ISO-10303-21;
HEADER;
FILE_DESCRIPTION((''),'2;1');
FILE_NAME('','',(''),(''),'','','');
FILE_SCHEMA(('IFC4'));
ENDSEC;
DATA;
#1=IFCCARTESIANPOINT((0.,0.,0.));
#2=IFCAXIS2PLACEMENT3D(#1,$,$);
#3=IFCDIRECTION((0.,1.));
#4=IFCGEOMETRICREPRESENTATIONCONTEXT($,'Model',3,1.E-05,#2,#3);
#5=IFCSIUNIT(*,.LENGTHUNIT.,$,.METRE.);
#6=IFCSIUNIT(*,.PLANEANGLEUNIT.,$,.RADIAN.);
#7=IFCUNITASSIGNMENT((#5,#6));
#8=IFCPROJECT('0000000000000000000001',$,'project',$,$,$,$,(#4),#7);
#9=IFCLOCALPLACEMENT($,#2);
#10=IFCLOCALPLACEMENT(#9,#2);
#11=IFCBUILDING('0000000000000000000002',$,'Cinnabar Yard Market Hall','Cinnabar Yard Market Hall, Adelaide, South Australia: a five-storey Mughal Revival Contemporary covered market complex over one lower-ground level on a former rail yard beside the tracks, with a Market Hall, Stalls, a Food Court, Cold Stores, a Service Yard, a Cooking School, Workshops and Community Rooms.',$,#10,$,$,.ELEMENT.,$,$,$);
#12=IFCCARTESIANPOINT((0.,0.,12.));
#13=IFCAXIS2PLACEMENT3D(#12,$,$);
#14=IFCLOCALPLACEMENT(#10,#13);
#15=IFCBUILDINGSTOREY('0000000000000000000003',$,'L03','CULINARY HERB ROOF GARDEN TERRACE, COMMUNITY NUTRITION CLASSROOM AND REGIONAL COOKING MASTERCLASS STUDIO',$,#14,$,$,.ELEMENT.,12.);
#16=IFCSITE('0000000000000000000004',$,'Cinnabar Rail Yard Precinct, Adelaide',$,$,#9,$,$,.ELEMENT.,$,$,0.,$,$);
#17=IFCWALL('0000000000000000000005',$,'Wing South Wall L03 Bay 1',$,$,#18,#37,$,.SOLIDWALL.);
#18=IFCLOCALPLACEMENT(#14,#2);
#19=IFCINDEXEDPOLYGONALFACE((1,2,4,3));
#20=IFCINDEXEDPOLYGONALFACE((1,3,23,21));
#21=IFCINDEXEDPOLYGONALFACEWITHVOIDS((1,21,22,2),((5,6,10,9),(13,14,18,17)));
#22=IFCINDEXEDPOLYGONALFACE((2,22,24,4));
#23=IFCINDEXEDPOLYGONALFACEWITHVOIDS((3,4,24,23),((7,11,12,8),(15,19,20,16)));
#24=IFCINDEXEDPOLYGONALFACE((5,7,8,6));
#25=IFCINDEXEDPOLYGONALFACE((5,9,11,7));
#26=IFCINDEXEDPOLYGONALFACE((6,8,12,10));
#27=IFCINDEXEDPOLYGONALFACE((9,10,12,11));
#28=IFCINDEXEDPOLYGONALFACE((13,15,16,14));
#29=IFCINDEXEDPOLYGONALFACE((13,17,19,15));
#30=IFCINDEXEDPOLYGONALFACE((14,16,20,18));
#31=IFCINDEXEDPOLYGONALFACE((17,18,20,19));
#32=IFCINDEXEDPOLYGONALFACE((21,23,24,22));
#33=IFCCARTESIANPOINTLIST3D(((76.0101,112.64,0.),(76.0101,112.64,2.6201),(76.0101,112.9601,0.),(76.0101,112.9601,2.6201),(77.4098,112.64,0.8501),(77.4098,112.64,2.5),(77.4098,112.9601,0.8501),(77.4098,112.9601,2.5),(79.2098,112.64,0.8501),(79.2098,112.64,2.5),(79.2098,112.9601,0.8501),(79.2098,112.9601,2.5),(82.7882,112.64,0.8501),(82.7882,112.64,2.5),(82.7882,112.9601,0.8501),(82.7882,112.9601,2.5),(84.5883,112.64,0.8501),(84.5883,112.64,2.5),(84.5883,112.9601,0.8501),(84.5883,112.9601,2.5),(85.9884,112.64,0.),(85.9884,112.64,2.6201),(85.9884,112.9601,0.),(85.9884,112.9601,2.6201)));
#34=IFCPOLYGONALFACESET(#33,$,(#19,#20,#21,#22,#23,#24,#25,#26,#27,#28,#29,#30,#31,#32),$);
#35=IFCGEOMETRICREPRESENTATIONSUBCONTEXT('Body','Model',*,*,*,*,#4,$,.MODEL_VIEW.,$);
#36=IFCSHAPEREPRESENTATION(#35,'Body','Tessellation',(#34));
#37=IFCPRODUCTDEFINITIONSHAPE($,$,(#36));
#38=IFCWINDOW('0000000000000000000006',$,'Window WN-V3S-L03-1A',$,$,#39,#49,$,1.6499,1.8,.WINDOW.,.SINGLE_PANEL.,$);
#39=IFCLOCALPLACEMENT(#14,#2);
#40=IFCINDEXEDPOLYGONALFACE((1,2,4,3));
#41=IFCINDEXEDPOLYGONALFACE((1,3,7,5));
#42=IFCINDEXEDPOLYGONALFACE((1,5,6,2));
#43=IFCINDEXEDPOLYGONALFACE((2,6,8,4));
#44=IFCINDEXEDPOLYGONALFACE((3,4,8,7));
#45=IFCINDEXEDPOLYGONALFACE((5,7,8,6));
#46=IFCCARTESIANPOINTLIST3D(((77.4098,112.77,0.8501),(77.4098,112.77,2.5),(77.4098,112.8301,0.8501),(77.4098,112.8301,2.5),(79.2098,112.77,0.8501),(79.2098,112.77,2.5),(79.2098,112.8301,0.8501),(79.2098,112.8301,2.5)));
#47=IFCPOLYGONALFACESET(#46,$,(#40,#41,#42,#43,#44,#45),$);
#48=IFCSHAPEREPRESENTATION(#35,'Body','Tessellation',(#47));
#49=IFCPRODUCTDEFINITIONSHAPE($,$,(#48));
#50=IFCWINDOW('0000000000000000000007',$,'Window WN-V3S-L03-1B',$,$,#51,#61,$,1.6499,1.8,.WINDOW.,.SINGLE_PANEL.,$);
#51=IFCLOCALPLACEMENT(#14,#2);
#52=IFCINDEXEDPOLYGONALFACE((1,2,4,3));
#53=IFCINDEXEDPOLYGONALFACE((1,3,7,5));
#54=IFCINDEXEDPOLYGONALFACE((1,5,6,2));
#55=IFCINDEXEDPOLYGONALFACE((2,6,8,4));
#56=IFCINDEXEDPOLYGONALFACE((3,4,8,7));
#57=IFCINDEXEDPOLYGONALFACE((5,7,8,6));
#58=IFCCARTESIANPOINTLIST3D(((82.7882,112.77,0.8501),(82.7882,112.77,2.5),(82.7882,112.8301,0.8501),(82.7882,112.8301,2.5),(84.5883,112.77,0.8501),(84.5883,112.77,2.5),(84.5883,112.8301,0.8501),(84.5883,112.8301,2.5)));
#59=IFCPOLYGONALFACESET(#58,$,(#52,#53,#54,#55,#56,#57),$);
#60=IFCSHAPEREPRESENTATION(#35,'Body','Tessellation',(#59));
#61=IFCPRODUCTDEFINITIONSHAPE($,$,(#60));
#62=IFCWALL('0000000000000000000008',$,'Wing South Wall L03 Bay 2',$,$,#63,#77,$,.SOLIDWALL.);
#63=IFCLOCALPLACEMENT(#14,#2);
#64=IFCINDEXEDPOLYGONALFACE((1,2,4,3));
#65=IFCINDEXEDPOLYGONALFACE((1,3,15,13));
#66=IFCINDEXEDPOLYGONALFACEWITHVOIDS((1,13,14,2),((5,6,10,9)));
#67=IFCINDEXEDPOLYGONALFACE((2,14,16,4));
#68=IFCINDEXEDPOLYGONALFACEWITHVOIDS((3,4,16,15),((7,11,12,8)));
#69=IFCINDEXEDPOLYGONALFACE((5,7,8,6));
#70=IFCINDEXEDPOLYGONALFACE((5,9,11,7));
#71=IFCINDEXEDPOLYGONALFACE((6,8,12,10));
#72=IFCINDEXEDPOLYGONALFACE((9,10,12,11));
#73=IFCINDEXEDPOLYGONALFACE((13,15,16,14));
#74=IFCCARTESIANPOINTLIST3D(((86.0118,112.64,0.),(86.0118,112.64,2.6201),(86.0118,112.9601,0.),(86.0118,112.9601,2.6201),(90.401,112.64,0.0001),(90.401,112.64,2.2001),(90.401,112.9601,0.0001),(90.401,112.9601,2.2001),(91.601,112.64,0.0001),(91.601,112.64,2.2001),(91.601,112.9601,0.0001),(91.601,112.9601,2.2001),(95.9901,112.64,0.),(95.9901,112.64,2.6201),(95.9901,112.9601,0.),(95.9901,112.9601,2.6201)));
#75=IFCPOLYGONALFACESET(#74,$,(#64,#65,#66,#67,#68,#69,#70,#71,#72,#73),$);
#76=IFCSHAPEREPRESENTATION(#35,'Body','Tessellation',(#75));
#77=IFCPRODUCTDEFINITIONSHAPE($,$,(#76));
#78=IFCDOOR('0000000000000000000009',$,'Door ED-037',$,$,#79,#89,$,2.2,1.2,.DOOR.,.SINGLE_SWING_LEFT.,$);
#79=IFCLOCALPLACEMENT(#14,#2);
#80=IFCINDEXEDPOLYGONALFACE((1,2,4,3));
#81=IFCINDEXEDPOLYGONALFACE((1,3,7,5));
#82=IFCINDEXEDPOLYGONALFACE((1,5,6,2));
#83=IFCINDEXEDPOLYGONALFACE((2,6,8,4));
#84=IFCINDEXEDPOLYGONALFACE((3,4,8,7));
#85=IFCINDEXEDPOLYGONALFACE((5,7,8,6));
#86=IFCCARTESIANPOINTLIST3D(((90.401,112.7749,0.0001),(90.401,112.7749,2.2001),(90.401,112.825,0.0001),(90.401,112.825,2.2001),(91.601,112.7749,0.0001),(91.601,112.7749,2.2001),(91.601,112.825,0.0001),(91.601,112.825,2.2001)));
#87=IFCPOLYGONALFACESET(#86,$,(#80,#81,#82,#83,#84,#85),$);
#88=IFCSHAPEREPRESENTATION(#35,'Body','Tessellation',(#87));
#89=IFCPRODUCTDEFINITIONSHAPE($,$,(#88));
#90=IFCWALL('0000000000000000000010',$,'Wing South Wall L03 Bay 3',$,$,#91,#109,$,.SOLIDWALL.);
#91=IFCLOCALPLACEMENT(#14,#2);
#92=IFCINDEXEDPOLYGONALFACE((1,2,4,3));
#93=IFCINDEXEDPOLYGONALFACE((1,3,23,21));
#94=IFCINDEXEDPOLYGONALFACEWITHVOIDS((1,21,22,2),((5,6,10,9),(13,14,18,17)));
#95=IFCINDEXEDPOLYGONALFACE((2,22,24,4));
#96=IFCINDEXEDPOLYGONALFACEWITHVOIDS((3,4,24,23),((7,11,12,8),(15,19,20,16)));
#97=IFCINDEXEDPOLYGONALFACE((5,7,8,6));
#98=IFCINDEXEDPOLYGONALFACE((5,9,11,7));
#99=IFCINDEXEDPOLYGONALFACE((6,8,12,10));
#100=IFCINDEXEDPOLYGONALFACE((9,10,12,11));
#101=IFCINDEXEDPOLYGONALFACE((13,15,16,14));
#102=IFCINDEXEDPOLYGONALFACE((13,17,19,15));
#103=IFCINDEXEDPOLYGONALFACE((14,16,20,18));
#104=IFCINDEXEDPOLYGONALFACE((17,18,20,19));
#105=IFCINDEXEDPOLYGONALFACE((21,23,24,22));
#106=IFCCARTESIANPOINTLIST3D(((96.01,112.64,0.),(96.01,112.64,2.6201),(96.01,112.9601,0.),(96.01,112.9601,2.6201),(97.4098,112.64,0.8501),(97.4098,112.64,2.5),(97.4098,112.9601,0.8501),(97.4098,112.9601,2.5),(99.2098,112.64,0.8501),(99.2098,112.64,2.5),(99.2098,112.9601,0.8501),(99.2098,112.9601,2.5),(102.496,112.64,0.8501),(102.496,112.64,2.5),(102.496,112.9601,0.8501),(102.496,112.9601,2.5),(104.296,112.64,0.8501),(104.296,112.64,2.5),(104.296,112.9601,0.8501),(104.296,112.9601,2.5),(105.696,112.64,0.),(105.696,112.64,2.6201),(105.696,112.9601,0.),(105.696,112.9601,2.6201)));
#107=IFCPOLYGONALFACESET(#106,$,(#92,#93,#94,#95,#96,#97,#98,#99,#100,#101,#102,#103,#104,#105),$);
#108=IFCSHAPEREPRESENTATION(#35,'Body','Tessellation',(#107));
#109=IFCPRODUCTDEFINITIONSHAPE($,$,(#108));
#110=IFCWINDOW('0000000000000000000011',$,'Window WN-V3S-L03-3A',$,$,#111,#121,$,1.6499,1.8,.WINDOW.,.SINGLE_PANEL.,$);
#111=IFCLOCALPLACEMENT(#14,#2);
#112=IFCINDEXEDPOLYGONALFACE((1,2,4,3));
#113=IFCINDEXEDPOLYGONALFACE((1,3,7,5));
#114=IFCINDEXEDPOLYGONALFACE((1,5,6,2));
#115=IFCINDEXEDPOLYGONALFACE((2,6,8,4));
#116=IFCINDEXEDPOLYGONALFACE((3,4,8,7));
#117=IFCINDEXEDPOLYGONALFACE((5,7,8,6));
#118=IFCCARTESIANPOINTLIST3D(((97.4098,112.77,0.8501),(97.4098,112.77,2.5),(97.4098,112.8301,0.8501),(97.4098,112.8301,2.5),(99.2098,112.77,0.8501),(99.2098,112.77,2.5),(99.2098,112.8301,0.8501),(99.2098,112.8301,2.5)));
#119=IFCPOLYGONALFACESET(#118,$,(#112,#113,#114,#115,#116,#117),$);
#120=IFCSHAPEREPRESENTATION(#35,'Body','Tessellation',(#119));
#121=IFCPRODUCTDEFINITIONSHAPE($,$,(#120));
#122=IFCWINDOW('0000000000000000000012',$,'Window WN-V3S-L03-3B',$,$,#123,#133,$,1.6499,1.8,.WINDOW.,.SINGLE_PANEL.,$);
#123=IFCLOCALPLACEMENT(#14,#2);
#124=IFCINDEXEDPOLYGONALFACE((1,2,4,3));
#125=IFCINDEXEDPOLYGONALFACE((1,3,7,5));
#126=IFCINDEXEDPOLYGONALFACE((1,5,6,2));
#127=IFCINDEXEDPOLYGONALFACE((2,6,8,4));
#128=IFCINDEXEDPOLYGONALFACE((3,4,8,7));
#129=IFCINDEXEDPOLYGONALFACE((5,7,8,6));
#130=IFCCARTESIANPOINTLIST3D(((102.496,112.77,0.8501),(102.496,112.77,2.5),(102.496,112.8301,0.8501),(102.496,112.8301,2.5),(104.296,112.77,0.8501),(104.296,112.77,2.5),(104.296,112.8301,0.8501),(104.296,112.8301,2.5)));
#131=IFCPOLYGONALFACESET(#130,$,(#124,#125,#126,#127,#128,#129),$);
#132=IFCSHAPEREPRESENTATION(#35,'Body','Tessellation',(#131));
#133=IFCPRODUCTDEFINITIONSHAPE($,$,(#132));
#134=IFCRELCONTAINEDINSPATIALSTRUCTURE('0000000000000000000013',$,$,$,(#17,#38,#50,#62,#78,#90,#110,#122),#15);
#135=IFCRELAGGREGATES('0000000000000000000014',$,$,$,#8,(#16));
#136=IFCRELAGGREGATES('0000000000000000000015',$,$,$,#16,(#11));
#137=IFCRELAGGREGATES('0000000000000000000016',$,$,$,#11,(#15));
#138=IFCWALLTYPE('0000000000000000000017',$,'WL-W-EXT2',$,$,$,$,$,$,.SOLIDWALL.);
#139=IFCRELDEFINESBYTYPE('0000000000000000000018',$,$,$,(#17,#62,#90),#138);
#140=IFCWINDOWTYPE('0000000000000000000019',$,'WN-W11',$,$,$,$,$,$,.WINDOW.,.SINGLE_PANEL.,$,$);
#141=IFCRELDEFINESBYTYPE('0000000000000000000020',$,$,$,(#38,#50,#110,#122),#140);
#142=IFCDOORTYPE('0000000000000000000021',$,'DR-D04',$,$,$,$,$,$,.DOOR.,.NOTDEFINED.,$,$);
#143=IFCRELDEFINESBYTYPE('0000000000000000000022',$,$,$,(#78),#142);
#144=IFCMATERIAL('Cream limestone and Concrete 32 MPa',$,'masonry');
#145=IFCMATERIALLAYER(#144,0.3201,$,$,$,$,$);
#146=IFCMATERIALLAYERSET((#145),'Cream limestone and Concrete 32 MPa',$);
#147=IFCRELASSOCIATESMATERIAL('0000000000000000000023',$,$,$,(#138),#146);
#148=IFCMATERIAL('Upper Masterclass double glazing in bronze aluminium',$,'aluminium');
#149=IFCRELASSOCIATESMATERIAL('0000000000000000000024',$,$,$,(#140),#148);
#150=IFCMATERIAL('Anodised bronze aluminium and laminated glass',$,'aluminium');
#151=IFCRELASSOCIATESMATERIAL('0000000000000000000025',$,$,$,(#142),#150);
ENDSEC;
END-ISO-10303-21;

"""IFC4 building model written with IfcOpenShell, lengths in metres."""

from ifc_helpers import new_model, si_unit, direction, frame, frame_2d, origin, place, context, subcontext, project, spatial, rectangle, extrude, material, layer, layer_set, type_object, element, fill, save


model = new_model("IFC4")

# Units and contexts
model_context = context("Model", 3, precision=1e-05, world=origin(), true_north=direction((0.0, 1.0)))
body_context = subcontext(model_context, "Body", "Model", "MODEL_VIEW")
ifc_project = project(units=[si_unit("LENGTHUNIT", "METRE"), si_unit("PLANEANGLEUNIT", "RADIAN")], contexts=[model_context])

# Site, building, storey
site_placement = place(None, origin())
site = spatial("IfcSite", under=ifc_project, at=site_placement, Name="Cinnabar Rail Yard Precinct, Adelaide", CompositionType="ELEMENT", RefElevation=0.0)
building_placement = place(site_placement, origin())
building = spatial("IfcBuilding", under=site, at=building_placement, Name="Cinnabar Yard Market Hall", Description="Cinnabar Yard Market Hall, Adelaide, South Australia: a five-storey Mughal Revival Contemporary covered market complex over one lower-ground level on a former rail yard beside the tracks, with a Market Hall, Stalls, a Food Court, Cold Stores, a Service Yard, a Cooking School, Workshops and Community Rooms.", CompositionType="ELEMENT")
storey_placement = place(building_placement, frame((0.0, 0.0, 12.0)))
storey = spatial("IfcBuildingStorey", under=building, at=storey_placement, Name="L03", Description="CULINARY HERB ROOF GARDEN TERRACE, COMMUNITY NUTRITION CLASSROOM AND REGIONAL COOKING MASTERCLASS STUDIO", CompositionType="ELEMENT", Elevation=12.0)

# Wall, openings, windows
ifc_material_1 = material(Name="Cream limestone and Concrete 32 MPa", Category="masonry")
ifc_layer_1 = layer(ifc_material_1, 0.3201)
ifc_layer_set_1 = layer_set([ifc_layer_1], Name="Cream limestone and Concrete 32 MPa")
wall_type_1 = type_object("IfcWallType", Name="WL-W-EXT2", PredefinedType="SOLIDWALL", material=ifc_layer_set_1)
wall_1_placement = place(storey_placement, frame((76.01, 112.8, 0.0), z_axis=(0.0, 0.0, 1.0), x_axis=(1.0, 0.0, 0.0)))
wall_1 = element("IfcWall", 1, at=wall_1_placement, inside=storey, type_object=wall_type_1, Name="Wing South Wall L03 Bay 1", PredefinedType="SOLIDWALL", context=body_context, shape_type="SweptSolid", body=[
    extrude(rectangle(XDim=9.9783, YDim=0.3201, at=frame_2d((4.9893, 0.0), x_axis=(1.0, 0.0))), origin(), (0.0, 0.0, 1.0), 2.6201),
])
opening_1_placement = place(wall_1_placement, frame((1.3999, 0.0, 0.8501)))
opening_1 = element("IfcOpeningElement", 2, at=opening_1_placement, cuts=wall_1, PredefinedType="OPENING", context=body_context, shape_type="SweptSolid", body=[
    extrude(rectangle(XDim=1.8, YDim=1.6499, at=frame_2d((0.8999, 0.825), x_axis=(1.0, 0.0))), frame((0.0, 0.1699, 0.0), z_axis=(0.0, -1.0, 0.0), x_axis=(1.0, 0.0, 0.0)), (0.0, 0.0, 1.0), 0.3401),
])
opening_2_placement = place(wall_1_placement, frame((6.7783, 0.0, 0.8501)))
opening_2 = element("IfcOpeningElement", 3, at=opening_2_placement, cuts=wall_1, PredefinedType="OPENING", context=body_context, shape_type="SweptSolid", body=[
    extrude(rectangle(XDim=1.8, YDim=1.6499, at=frame_2d((0.8999, 0.825), x_axis=(1.0, 0.0))), frame((0.0, 0.1699, 0.0), z_axis=(0.0, -1.0, 0.0), x_axis=(1.0, 0.0, 0.0)), (0.0, 0.0, 1.0), 0.3401),
])
ifc_material_2 = material(Name="Upper Masterclass double glazing in bronze aluminium", Category="aluminium")
window_type_1 = type_object("IfcWindowType", Name="WN-W11", PartitioningType="SINGLE_PANEL", PredefinedType="WINDOW", material=ifc_material_2)
window_1_placement = place(opening_1_placement, origin())
window_1 = element("IfcWindow", 4, at=window_1_placement, inside=storey, type_object=window_type_1, Name="Window WN-V3S-L03-1A", OverallHeight=1.6499, OverallWidth=1.8, PartitioningType="SINGLE_PANEL", PredefinedType="WINDOW", context=body_context, shape_type="SweptSolid", body=[
    extrude(rectangle(XDim=1.8, YDim=1.6499, at=frame_2d((0.8999, 0.825), x_axis=(1.0, 0.0))), frame((0.0, 0.03, 0.0), z_axis=(0.0, -1.0, 0.0), x_axis=(1.0, 0.0, 0.0)), (0.0, 0.0, 1.0), 0.0601),
])
fill(opening_1, window_1)
window_2_placement = place(opening_2_placement, origin())
window_2 = element("IfcWindow", 5, at=window_2_placement, inside=storey, type_object=window_type_1, Name="Window WN-V3S-L03-1B", OverallHeight=1.6499, OverallWidth=1.8, PartitioningType="SINGLE_PANEL", PredefinedType="WINDOW", context=body_context, shape_type="SweptSolid", body=[
    extrude(rectangle(XDim=1.8, YDim=1.6499, at=frame_2d((0.8999, 0.825), x_axis=(1.0, 0.0))), frame((0.0, 0.03, 0.0), z_axis=(0.0, -1.0, 0.0), x_axis=(1.0, 0.0, 0.0)), (0.0, 0.0, 1.0), 0.0601),
])
fill(opening_2, window_2)

# Wall, opening, door
wall_2_placement = place(storey_placement, frame((86.0117, 112.8, 0.0), z_axis=(0.0, 0.0, 1.0), x_axis=(1.0, 0.0, 0.0)))
wall_2 = element("IfcWall", 6, at=wall_2_placement, inside=storey, type_object=wall_type_1, Name="Wing South Wall L03 Bay 2", PredefinedType="SOLIDWALL", context=body_context, shape_type="SweptSolid", body=[
    extrude(rectangle(XDim=9.9783, YDim=0.3201, at=frame_2d((4.9893, 0.0), x_axis=(1.0, 0.0))), origin(), (0.0, 0.0, 1.0), 2.6201),
])
opening_3_placement = place(wall_2_placement, frame((4.3892, 0.0, 0.0)))
opening_3 = element("IfcOpeningElement", 7, at=opening_3_placement, cuts=wall_2, PredefinedType="OPENING", context=body_context, shape_type="SweptSolid", body=[
    extrude(rectangle(XDim=1.2, YDim=2.2, at=frame_2d((0.6001, 1.1001), x_axis=(1.0, 0.0))), frame((0.0, 0.1699, 0.0), z_axis=(0.0, -1.0, 0.0), x_axis=(1.0, 0.0, 0.0)), (0.0, 0.0, 1.0), 0.3401),
])
ifc_material_3 = material(Name="Anodised bronze aluminium and laminated glass", Category="aluminium")
door_type = type_object("IfcDoorType", Name="DR-D04", OperationType="NOTDEFINED", PredefinedType="DOOR", material=ifc_material_3)
door_placement = place(opening_3_placement, origin())
door = element("IfcDoor", 8, at=door_placement, inside=storey, type_object=door_type, Name="Door ED-037", OperationType="SINGLE_SWING_LEFT", OverallHeight=2.2, OverallWidth=1.2, PredefinedType="DOOR", context=body_context, shape_type="SweptSolid", body=[
    extrude(rectangle(XDim=1.2, YDim=2.2, at=frame_2d((0.6001, 1.1001), x_axis=(1.0, 0.0))), frame((0.0, 0.0249, 0.0), z_axis=(0.0, -1.0, 0.0), x_axis=(1.0, 0.0, 0.0)), (0.0, 0.0, 1.0), 0.05),
])
fill(opening_3, door)

# Wall, openings, windows
wall_3_placement = place(storey_placement, frame((96.01, 112.8, 0.0), z_axis=(0.0, 0.0, 1.0), x_axis=(1.0, 0.0, 0.0)))
wall_3 = element("IfcWall", 9, at=wall_3_placement, inside=storey, type_object=wall_type_1, Name="Wing South Wall L03 Bay 3", PredefinedType="SOLIDWALL", context=body_context, shape_type="SweptSolid", body=[
    extrude(rectangle(XDim=9.686, YDim=0.3201, at=frame_2d((4.843, 0.0), x_axis=(1.0, 0.0))), origin(), (0.0, 0.0, 1.0), 2.6201),
])
opening_4_placement = place(wall_3_placement, frame((1.3999, 0.0, 0.8501)))
opening_4 = element("IfcOpeningElement", 10, at=opening_4_placement, cuts=wall_3, PredefinedType="OPENING", context=body_context, shape_type="SweptSolid", body=[
    extrude(rectangle(XDim=1.8, YDim=1.6499, at=frame_2d((0.8999, 0.825), x_axis=(1.0, 0.0))), frame((0.0, 0.1699, 0.0), z_axis=(0.0, -1.0, 0.0), x_axis=(1.0, 0.0, 0.0)), (0.0, 0.0, 1.0), 0.3401),
])
opening_5_placement = place(wall_3_placement, frame((6.4861, 0.0, 0.8501)))
opening_5 = element("IfcOpeningElement", 11, at=opening_5_placement, cuts=wall_3, PredefinedType="OPENING", context=body_context, shape_type="SweptSolid", body=[
    extrude(rectangle(XDim=1.8, YDim=1.6499, at=frame_2d((0.8999, 0.825), x_axis=(1.0, 0.0))), frame((0.0, 0.1699, 0.0), z_axis=(0.0, -1.0, 0.0), x_axis=(1.0, 0.0, 0.0)), (0.0, 0.0, 1.0), 0.3401),
])
window_3_placement = place(opening_4_placement, origin())
window_3 = element("IfcWindow", 12, at=window_3_placement, inside=storey, type_object=window_type_1, Name="Window WN-V3S-L03-3A", OverallHeight=1.6499, OverallWidth=1.8, PartitioningType="SINGLE_PANEL", PredefinedType="WINDOW", context=body_context, shape_type="SweptSolid", body=[
    extrude(rectangle(XDim=1.8, YDim=1.6499, at=frame_2d((0.8999, 0.825), x_axis=(1.0, 0.0))), frame((0.0, 0.03, 0.0), z_axis=(0.0, -1.0, 0.0), x_axis=(1.0, 0.0, 0.0)), (0.0, 0.0, 1.0), 0.0601),
])
fill(opening_4, window_3)
window_4_placement = place(opening_5_placement, origin())
window_4 = element("IfcWindow", 13, at=window_4_placement, inside=storey, type_object=window_type_1, Name="Window WN-V3S-L03-3B", OverallHeight=1.6499, OverallWidth=1.8, PartitioningType="SINGLE_PANEL", PredefinedType="WINDOW", context=body_context, shape_type="SweptSolid", body=[
    extrude(rectangle(XDim=1.8, YDim=1.6499, at=frame_2d((0.8999, 0.825), x_axis=(1.0, 0.0))), frame((0.0, 0.03, 0.0), z_axis=(0.0, -1.0, 0.0), x_axis=(1.0, 0.0, 0.0)), (0.0, 0.0, 1.0), 0.0601),
])
fill(opening_5, window_4)

save(model, "model.ifc")
